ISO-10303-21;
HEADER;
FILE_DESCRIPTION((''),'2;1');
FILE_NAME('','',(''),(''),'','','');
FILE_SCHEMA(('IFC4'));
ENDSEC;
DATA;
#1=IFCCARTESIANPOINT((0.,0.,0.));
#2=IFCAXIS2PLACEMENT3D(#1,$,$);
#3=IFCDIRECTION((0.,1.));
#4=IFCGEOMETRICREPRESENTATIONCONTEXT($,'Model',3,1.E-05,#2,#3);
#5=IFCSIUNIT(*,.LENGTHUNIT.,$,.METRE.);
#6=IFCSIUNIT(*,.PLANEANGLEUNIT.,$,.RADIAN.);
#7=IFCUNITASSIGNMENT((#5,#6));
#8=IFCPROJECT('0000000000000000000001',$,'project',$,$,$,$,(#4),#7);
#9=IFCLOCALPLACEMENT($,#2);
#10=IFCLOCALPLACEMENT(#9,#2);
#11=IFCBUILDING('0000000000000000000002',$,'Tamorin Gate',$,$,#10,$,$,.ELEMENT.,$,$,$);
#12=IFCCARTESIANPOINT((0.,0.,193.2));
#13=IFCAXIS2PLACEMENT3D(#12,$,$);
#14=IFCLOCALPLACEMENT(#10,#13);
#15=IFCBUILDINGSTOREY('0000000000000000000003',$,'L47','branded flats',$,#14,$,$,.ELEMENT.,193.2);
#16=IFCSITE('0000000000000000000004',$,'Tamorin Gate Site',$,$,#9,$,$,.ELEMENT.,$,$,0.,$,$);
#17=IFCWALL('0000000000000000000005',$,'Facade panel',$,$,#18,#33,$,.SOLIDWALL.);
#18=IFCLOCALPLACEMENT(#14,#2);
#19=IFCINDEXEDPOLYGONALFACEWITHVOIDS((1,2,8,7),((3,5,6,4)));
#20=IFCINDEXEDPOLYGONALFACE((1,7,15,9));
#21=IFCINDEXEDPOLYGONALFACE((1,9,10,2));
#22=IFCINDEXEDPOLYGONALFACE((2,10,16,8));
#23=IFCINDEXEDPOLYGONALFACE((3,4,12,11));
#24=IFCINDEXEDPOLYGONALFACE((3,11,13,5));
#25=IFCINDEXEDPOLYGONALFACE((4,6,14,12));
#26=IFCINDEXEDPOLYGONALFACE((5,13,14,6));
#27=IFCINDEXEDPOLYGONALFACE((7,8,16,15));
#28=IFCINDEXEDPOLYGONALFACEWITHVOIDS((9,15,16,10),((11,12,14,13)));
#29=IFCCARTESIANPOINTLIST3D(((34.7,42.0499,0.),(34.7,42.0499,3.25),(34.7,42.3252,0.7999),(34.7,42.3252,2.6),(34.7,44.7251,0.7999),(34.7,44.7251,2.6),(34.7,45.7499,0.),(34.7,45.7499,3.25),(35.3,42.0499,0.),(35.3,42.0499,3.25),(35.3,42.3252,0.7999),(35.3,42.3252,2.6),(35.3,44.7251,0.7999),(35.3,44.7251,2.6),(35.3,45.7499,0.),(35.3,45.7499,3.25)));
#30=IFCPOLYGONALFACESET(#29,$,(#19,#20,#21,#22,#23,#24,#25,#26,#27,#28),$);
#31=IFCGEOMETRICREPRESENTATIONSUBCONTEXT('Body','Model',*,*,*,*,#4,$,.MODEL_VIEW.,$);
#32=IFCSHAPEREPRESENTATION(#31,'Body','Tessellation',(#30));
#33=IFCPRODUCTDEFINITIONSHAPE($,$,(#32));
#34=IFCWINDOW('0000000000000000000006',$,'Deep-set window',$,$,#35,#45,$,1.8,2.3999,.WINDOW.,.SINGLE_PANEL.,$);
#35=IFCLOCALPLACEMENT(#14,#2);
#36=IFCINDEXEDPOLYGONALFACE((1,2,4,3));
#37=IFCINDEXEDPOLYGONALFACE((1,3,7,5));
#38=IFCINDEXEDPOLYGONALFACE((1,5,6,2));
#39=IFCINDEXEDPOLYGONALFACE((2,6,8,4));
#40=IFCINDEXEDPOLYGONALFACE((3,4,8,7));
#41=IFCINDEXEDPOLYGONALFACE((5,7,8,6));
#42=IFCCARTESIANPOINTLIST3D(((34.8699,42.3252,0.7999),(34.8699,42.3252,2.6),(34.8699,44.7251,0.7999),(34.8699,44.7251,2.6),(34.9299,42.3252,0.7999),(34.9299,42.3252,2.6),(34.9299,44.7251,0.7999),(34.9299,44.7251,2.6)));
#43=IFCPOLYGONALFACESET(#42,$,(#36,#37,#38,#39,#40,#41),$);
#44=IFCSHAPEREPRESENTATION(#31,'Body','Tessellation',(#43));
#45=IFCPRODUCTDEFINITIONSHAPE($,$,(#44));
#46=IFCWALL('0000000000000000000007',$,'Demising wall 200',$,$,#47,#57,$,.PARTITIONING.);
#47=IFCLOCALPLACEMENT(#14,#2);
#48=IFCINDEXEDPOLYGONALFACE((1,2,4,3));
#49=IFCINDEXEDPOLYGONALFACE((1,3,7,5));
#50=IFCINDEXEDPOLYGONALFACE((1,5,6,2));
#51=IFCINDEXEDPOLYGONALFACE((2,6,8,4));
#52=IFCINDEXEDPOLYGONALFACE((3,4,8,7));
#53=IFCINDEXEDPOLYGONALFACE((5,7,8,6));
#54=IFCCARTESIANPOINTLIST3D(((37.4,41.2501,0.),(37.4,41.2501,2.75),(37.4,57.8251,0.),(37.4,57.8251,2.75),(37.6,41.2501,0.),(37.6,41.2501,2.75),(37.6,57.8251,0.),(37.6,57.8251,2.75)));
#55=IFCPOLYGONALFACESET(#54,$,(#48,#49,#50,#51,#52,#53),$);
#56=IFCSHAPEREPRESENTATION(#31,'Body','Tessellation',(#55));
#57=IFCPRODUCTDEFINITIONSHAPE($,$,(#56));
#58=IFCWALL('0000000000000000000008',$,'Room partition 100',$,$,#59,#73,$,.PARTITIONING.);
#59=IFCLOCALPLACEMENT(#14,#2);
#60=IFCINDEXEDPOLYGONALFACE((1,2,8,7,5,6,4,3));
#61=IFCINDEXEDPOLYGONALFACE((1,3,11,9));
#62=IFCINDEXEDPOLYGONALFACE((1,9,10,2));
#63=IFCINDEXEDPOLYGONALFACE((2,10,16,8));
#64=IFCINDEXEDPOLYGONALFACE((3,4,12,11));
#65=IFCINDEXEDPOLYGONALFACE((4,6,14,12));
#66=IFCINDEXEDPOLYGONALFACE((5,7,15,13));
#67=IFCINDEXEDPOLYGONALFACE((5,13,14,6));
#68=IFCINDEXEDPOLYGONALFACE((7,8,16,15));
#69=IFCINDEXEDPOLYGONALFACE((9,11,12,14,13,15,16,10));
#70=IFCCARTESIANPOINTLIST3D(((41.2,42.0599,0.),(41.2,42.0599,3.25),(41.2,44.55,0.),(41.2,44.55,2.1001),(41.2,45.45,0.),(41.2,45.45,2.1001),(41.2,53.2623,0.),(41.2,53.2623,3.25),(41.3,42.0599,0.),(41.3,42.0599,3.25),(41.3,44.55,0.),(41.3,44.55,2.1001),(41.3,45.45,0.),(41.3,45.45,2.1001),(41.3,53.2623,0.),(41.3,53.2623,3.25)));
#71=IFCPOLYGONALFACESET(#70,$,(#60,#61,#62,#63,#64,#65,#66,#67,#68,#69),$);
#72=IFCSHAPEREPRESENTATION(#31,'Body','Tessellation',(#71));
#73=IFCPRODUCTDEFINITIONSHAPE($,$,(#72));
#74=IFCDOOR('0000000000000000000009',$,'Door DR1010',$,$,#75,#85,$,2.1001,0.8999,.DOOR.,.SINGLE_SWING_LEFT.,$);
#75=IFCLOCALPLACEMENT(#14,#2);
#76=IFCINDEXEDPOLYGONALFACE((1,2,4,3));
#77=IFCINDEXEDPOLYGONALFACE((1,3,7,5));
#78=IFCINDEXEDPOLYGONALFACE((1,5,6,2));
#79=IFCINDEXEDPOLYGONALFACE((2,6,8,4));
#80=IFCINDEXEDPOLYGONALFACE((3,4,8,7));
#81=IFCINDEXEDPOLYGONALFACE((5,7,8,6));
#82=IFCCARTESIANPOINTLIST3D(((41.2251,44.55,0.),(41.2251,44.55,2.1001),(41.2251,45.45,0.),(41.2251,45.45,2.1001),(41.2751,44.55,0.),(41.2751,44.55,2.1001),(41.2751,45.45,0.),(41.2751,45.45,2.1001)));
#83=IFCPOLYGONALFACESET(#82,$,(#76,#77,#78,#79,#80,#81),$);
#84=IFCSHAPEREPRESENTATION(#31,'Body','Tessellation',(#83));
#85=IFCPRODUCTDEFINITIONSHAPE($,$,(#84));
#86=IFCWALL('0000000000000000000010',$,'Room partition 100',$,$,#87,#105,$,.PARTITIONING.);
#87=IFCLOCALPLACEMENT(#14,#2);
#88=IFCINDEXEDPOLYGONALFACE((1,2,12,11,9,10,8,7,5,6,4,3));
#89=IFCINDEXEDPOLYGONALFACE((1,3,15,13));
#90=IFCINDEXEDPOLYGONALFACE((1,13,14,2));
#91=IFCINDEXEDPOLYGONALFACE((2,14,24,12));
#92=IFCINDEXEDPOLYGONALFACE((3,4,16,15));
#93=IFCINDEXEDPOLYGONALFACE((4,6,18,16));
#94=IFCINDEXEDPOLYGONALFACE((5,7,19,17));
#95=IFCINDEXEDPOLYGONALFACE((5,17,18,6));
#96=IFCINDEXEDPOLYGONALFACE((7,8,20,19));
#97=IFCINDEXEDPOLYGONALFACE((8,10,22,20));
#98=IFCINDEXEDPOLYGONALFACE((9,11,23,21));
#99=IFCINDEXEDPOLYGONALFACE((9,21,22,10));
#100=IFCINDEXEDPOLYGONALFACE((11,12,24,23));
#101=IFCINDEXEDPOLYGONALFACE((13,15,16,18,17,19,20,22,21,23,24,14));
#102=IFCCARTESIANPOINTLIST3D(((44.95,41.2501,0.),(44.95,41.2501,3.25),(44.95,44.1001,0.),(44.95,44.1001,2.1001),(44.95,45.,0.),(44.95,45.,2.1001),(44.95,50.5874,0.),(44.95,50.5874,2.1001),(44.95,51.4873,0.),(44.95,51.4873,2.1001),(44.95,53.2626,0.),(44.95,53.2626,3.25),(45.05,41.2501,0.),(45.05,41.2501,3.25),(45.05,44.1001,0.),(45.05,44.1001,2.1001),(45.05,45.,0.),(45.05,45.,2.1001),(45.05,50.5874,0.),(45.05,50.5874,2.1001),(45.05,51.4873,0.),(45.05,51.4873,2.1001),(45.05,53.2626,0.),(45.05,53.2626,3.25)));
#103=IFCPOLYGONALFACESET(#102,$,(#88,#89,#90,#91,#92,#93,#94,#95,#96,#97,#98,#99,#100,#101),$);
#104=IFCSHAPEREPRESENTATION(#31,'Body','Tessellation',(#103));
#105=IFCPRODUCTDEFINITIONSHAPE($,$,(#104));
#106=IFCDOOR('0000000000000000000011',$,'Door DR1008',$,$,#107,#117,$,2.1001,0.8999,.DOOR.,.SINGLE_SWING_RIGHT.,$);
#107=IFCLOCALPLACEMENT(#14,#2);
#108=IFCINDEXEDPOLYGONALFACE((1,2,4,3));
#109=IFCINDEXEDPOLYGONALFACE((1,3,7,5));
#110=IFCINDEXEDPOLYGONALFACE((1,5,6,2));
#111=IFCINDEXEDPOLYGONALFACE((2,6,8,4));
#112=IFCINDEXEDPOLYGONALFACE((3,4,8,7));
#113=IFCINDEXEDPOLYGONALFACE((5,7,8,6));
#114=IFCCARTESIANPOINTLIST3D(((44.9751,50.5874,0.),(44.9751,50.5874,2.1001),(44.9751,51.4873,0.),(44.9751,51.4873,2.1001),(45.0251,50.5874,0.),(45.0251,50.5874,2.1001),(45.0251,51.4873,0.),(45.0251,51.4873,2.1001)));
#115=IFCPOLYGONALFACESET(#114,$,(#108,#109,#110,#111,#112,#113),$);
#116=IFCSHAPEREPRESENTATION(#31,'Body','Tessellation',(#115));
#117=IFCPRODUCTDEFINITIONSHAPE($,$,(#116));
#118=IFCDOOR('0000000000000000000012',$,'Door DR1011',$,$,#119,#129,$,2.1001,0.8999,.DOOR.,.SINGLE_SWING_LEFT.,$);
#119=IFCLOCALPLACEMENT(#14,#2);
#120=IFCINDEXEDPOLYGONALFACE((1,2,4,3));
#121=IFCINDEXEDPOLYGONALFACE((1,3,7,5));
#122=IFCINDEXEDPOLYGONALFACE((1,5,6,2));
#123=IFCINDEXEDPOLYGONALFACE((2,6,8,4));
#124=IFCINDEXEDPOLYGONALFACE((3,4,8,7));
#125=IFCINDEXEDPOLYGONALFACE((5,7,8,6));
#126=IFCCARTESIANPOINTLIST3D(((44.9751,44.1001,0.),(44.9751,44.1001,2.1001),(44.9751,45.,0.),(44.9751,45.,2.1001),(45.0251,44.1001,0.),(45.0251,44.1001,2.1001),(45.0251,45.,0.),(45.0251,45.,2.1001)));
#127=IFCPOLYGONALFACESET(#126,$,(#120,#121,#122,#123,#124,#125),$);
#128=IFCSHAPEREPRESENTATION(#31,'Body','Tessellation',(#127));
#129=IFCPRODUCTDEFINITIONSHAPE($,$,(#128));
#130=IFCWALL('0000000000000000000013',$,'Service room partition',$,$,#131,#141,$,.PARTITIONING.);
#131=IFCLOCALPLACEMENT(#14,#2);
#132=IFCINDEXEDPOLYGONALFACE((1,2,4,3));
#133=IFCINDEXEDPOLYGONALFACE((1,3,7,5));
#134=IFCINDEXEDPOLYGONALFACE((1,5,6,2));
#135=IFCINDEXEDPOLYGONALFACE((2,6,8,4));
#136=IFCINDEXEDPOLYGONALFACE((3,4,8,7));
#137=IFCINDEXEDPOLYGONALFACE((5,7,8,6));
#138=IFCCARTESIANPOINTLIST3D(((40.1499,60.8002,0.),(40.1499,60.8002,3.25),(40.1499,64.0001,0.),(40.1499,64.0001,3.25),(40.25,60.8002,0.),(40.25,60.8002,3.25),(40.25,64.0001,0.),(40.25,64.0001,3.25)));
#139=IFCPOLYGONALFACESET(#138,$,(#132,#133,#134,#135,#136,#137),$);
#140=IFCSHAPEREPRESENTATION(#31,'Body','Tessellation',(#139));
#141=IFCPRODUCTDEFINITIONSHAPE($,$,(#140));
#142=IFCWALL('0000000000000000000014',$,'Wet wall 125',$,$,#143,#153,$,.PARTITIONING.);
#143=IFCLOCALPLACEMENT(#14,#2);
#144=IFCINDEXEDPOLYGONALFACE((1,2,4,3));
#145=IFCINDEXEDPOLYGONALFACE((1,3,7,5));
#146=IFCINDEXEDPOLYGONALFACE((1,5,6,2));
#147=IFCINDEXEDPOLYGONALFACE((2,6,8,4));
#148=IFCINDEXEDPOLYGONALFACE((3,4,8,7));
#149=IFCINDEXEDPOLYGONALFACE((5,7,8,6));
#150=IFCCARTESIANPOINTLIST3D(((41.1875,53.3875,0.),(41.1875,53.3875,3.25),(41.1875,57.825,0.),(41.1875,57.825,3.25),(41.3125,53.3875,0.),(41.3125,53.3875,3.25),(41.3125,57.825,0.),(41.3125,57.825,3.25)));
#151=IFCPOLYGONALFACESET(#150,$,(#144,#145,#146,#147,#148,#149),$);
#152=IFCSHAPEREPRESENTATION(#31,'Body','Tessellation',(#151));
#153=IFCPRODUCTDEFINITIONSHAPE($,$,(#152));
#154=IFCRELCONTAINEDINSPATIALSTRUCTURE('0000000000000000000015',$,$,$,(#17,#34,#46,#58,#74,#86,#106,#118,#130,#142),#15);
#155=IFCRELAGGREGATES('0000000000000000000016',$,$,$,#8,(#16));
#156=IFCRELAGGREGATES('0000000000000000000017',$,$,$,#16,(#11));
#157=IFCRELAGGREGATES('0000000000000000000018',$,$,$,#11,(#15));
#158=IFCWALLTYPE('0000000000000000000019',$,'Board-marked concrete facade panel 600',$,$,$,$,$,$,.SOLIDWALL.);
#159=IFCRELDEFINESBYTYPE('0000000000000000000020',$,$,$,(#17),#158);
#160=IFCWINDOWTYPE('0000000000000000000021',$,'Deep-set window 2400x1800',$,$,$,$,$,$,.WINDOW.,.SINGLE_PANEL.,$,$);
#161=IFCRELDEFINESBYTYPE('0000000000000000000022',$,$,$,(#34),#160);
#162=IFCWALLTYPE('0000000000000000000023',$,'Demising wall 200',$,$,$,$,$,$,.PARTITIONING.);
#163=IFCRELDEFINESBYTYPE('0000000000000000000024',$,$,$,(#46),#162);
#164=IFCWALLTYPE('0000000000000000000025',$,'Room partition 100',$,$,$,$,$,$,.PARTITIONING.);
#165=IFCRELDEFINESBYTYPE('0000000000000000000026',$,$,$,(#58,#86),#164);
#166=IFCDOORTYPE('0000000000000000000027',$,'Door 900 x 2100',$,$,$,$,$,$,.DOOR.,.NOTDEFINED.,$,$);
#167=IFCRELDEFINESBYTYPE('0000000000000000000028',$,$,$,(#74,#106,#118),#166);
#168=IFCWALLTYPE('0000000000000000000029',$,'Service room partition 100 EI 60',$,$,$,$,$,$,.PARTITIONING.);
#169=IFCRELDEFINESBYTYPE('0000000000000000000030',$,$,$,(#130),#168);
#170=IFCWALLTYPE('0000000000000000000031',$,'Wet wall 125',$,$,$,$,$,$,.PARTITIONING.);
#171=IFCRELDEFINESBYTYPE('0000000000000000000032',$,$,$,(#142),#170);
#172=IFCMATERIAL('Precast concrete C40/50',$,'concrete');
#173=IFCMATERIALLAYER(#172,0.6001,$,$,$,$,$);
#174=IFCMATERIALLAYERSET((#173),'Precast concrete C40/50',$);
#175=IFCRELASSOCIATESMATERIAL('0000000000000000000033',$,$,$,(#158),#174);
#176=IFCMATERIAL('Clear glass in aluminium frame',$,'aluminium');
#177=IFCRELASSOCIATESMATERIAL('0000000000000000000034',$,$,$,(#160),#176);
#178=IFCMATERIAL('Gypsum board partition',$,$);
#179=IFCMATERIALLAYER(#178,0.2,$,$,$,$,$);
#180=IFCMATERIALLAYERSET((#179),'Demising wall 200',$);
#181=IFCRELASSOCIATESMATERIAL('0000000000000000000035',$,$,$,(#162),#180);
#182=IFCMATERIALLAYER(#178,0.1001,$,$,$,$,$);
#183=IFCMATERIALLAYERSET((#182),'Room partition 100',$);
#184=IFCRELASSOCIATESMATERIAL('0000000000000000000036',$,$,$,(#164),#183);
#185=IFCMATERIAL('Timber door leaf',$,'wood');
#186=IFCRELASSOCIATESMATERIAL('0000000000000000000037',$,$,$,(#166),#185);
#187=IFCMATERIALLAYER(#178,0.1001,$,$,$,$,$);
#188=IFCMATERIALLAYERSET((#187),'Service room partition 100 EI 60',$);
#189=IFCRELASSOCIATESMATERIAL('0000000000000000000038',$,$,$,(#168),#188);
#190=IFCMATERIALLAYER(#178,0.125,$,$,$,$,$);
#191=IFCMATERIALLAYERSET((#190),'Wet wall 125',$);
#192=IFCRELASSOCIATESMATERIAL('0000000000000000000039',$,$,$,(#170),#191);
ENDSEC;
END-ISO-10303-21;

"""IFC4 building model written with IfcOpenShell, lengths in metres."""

from ifc_helpers import new_model, si_unit, direction, frame, frame_2d, origin, place, context, subcontext, project, spatial, rectangle, extrude, material, layer, layer_set, type_object, element, fill, save


model = new_model("IFC4")

# Units and contexts
model_context = context("Model", 3, precision=1e-05, world=origin(), true_north=direction((0.0, 1.0)))
body_context = subcontext(model_context, "Body", "Model", "MODEL_VIEW")
ifc_project = project(units=[si_unit("LENGTHUNIT", "METRE"), si_unit("PLANEANGLEUNIT", "RADIAN")], contexts=[model_context])

# Site, building, storey
site_placement = place(None, origin())
site = spatial("IfcSite", under=ifc_project, at=site_placement, Name="Tamorin Gate Site", CompositionType="ELEMENT", RefElevation=0.0)
building_placement = place(site_placement, origin())
building = spatial("IfcBuilding", under=site, at=building_placement, Name="Tamorin Gate", CompositionType="ELEMENT")
storey_placement = place(building_placement, frame((0.0, 0.0, 193.2)))
storey = spatial("IfcBuildingStorey", under=building, at=storey_placement, Name="L47", Description="branded flats", CompositionType="ELEMENT", Elevation=193.2)

# Shared definitions
ifc_material_1 = material(Name="Precast concrete C40/50", Category="concrete")
ifc_layer_1 = layer(ifc_material_1, 0.6001)
ifc_layer_set_1 = layer_set([ifc_layer_1], Name="Precast concrete C40/50")
wall_type_1 = type_object("IfcWallType", Name="Board-marked concrete facade panel 600", PredefinedType="SOLIDWALL", material=ifc_layer_set_1)
ifc_material_2 = material(Name="Clear glass in aluminium frame", Category="aluminium")
window_type = type_object("IfcWindowType", Name="Deep-set window 2400x1800", PartitioningType="SINGLE_PANEL", PredefinedType="WINDOW", material=ifc_material_2)

# Wall, opening, window
wall_1_placement = place(storey_placement, frame((35.0, 45.75, 0.0), z_axis=(0.0, 0.0, 1.0), x_axis=(0.0, -1.0, 0.0)))
wall_1 = element("IfcWall", 1, at=wall_1_placement, inside=storey, type_object=wall_type_1, Name="Facade panel", PredefinedType="SOLIDWALL", context=body_context, shape_type="SweptSolid", body=[
    extrude(rectangle(XDim=3.7, YDim=0.6001, at=frame_2d((1.8501, 0.0))), origin(), (0.0, 0.0, 1.0), 3.25),
])
opening_1_placement = place(wall_1_placement, frame((1.0249, 0.0, 0.8)))
opening_1 = element("IfcOpeningElement", 2, at=opening_1_placement, cuts=wall_1, PredefinedType="OPENING", context=body_context, shape_type="SweptSolid", body=[
    extrude(rectangle(XDim=2.3999, YDim=1.8, at=frame_2d((1.2, 0.8999))), frame((0.0, 0.3101, 0.0), z_axis=(0.0, -1.0, 0.0), x_axis=(1.0, 0.0, 0.0)), (0.0, 0.0, 1.0), 0.6201),
])
window_1_placement = place(opening_1_placement, origin())
window_1 = element("IfcWindow", 3, at=window_1_placement, inside=storey, type_object=window_type, Name="Deep-set window", OverallHeight=1.8, OverallWidth=2.3999, PartitioningType="SINGLE_PANEL", PredefinedType="WINDOW", context=body_context, shape_type="SweptSolid", body=[
    extrude(rectangle(XDim=2.3999, YDim=1.8, at=frame_2d((1.2, 0.8999))), frame((0.0, -0.0701, 0.0), z_axis=(0.0, -1.0, 0.0), x_axis=(1.0, 0.0, 0.0)), (0.0, 0.0, 1.0), 0.0601),
])
fill(opening_1, window_1)

# Wall
ifc_material_3 = material(Name="Gypsum board partition")
ifc_layer_2 = layer(ifc_material_3, 0.2)
ifc_layer_set_2 = layer_set([ifc_layer_2], Name="Demising wall 200")
wall_type_2 = type_object("IfcWallType", Name="Demising wall 200", PredefinedType="PARTITIONING", material=ifc_layer_set_2)
wall_2_placement = place(storey_placement, frame((37.5, 41.25, 0.0), z_axis=(0.0, 0.0, 1.0), x_axis=(0.0, 1.0, 0.0)))
element("IfcWall", 4, at=wall_2_placement, inside=storey, type_object=wall_type_2, Name="Demising wall 200", PredefinedType="PARTITIONING", context=body_context, shape_type="SweptSolid", body=[
    extrude(rectangle(XDim=16.575, YDim=0.2, at=frame_2d((8.2876, 0.0))), origin(), (0.0, 0.0, 1.0), 2.75),
])

# Wall, opening, door
ifc_layer_3 = layer(ifc_material_3, 0.1001)
ifc_layer_set_3 = layer_set([ifc_layer_3], Name="Room partition 100")
wall_type_3 = type_object("IfcWallType", Name="Room partition 100", PredefinedType="PARTITIONING", material=ifc_layer_set_3)
wall_3_placement = place(storey_placement, frame((41.25, 42.0601, 0.0), z_axis=(0.0, 0.0, 1.0), x_axis=(0.0, 1.0, 0.0)))
wall_3 = element("IfcWall", 5, at=wall_3_placement, inside=storey, type_object=wall_type_3, Name="Room partition 100", PredefinedType="PARTITIONING", context=body_context, shape_type="SweptSolid", body=[
    extrude(rectangle(XDim=11.2024, YDim=0.1001, at=frame_2d((5.6011, 0.0))), origin(), (0.0, 0.0, 1.0), 3.25),
])
opening_2_placement = place(wall_3_placement, frame((2.49, 0.0, 0.0)))
opening_2 = element("IfcOpeningElement", 6, at=opening_2_placement, cuts=wall_3, PredefinedType="OPENING", context=body_context, shape_type="SweptSolid", body=[
    extrude(rectangle(XDim=0.8999, YDim=2.1001, at=frame_2d((0.45, 1.05))), frame((0.0, 0.0601, 0.0), z_axis=(0.0, -1.0, 0.0), x_axis=(1.0, 0.0, 0.0)), (0.0, 0.0, 1.0), 0.1201),
])
ifc_material_4 = material(Name="Timber door leaf", Category="wood")
door_type = type_object("IfcDoorType", Name="Door 900 x 2100", OperationType="NOTDEFINED", PredefinedType="DOOR", material=ifc_material_4)
door_1_placement = place(opening_2_placement, origin())
door_1 = element("IfcDoor", 7, at=door_1_placement, inside=storey, type_object=door_type, Name="Door DR1010", OperationType="SINGLE_SWING_LEFT", OverallHeight=2.1001, OverallWidth=0.8999, PredefinedType="DOOR", context=body_context, shape_type="SweptSolid", body=[
    extrude(rectangle(XDim=0.8999, YDim=2.1001, at=frame_2d((0.45, 1.05))), frame((0.0, 0.0249, 0.0), z_axis=(0.0, -1.0, 0.0), x_axis=(1.0, 0.0, 0.0)), (0.0, 0.0, 1.0), 0.05),
])
fill(opening_2, door_1)

# Wall, openings, doors
wall_4_placement = place(storey_placement, frame((45.0, 41.25, 0.0), z_axis=(0.0, 0.0, 1.0), x_axis=(0.0, 1.0, 0.0)))
wall_4 = element("IfcWall", 8, at=wall_4_placement, inside=storey, type_object=wall_type_3, Name="Room partition 100", PredefinedType="PARTITIONING", context=body_context, shape_type="SweptSolid", body=[
    extrude(rectangle(XDim=12.0125, YDim=0.1001, at=frame_2d((6.0063, 0.0))), origin(), (0.0, 0.0, 1.0), 3.25),
])
opening_3_placement = place(wall_4_placement, frame((9.3374, 0.0, 0.0)))
opening_3 = element("IfcOpeningElement", 9, at=opening_3_placement, cuts=wall_4, PredefinedType="OPENING", context=body_context, shape_type="SweptSolid", body=[
    extrude(rectangle(XDim=0.8999, YDim=2.1001, at=frame_2d((0.45, 1.05))), frame((0.0, 0.0601, 0.0), z_axis=(0.0, -1.0, 0.0), x_axis=(1.0, 0.0, 0.0)), (0.0, 0.0, 1.0), 0.1201),
])
opening_4_placement = place(wall_4_placement, frame((2.8501, 0.0, 0.0)))
opening_4 = element("IfcOpeningElement", 10, at=opening_4_placement, cuts=wall_4, PredefinedType="OPENING", context=body_context, shape_type="SweptSolid", body=[
    extrude(rectangle(XDim=0.8999, YDim=2.1001, at=frame_2d((0.45, 1.05))), frame((0.0, 0.0601, 0.0), z_axis=(0.0, -1.0, 0.0), x_axis=(1.0, 0.0, 0.0)), (0.0, 0.0, 1.0), 0.1201),
])
door_2_placement = place(opening_3_placement, origin())
door_2 = element("IfcDoor", 11, at=door_2_placement, inside=storey, type_object=door_type, Name="Door DR1008", OperationType="SINGLE_SWING_RIGHT", OverallHeight=2.1001, OverallWidth=0.8999, PredefinedType="DOOR", context=body_context, shape_type="SweptSolid", body=[
    extrude(rectangle(XDim=0.8999, YDim=2.1001, at=frame_2d((0.45, 1.05))), frame((0.0, 0.0249, 0.0), z_axis=(0.0, -1.0, 0.0), x_axis=(1.0, 0.0, 0.0)), (0.0, 0.0, 1.0), 0.05),
])
fill(opening_3, door_2)
door_3_placement = place(opening_4_placement, origin())
door_3 = element("IfcDoor", 12, at=door_3_placement, inside=storey, type_object=door_type, Name="Door DR1011", OperationType="SINGLE_SWING_LEFT", OverallHeight=2.1001, OverallWidth=0.8999, PredefinedType="DOOR", context=body_context, shape_type="SweptSolid", body=[
    extrude(rectangle(XDim=0.8999, YDim=2.1001, at=frame_2d((0.45, 1.05))), frame((0.0, 0.0249, 0.0), z_axis=(0.0, -1.0, 0.0), x_axis=(1.0, 0.0, 0.0)), (0.0, 0.0, 1.0), 0.05),
])
fill(opening_4, door_3)

# Walls
ifc_layer_4 = layer(ifc_material_3, 0.1001)
ifc_layer_set_4 = layer_set([ifc_layer_4], Name="Service room partition 100 EI 60")
wall_type_4 = type_object("IfcWallType", Name="Service room partition 100 EI 60", PredefinedType="PARTITIONING", material=ifc_layer_set_4)
wall_5_placement = place(storey_placement, frame((40.2, 60.8, 0.0), z_axis=(0.0, 0.0, 1.0), x_axis=(0.0, 1.0, 0.0)))
element("IfcWall", 13, at=wall_5_placement, inside=storey, type_object=wall_type_4, Name="Service room partition", PredefinedType="PARTITIONING", context=body_context, shape_type="SweptSolid", body=[
    extrude(rectangle(XDim=3.2, YDim=0.1001, at=frame_2d((1.6001, 0.0))), origin(), (0.0, 0.0, 1.0), 3.25),
])
ifc_layer_5 = layer(ifc_material_3, 0.125)
ifc_layer_set_5 = layer_set([ifc_layer_5], Name="Wet wall 125")
wall_type_5 = type_object("IfcWallType", Name="Wet wall 125", PredefinedType="PARTITIONING", material=ifc_layer_set_5)
wall_6_placement = place(storey_placement, frame((41.25, 53.3875, 0.0), z_axis=(0.0, 0.0, 1.0), x_axis=(0.0, 1.0, 0.0)))
element("IfcWall", 14, at=wall_6_placement, inside=storey, type_object=wall_type_5, Name="Wet wall 125", PredefinedType="PARTITIONING", context=body_context, shape_type="SweptSolid", body=[
    extrude(rectangle(XDim=4.4375, YDim=0.125, at=frame_2d((2.2188, 0.0))), origin(), (0.0, 0.0, 1.0), 3.25),
])

save(model, "model.ifc")
